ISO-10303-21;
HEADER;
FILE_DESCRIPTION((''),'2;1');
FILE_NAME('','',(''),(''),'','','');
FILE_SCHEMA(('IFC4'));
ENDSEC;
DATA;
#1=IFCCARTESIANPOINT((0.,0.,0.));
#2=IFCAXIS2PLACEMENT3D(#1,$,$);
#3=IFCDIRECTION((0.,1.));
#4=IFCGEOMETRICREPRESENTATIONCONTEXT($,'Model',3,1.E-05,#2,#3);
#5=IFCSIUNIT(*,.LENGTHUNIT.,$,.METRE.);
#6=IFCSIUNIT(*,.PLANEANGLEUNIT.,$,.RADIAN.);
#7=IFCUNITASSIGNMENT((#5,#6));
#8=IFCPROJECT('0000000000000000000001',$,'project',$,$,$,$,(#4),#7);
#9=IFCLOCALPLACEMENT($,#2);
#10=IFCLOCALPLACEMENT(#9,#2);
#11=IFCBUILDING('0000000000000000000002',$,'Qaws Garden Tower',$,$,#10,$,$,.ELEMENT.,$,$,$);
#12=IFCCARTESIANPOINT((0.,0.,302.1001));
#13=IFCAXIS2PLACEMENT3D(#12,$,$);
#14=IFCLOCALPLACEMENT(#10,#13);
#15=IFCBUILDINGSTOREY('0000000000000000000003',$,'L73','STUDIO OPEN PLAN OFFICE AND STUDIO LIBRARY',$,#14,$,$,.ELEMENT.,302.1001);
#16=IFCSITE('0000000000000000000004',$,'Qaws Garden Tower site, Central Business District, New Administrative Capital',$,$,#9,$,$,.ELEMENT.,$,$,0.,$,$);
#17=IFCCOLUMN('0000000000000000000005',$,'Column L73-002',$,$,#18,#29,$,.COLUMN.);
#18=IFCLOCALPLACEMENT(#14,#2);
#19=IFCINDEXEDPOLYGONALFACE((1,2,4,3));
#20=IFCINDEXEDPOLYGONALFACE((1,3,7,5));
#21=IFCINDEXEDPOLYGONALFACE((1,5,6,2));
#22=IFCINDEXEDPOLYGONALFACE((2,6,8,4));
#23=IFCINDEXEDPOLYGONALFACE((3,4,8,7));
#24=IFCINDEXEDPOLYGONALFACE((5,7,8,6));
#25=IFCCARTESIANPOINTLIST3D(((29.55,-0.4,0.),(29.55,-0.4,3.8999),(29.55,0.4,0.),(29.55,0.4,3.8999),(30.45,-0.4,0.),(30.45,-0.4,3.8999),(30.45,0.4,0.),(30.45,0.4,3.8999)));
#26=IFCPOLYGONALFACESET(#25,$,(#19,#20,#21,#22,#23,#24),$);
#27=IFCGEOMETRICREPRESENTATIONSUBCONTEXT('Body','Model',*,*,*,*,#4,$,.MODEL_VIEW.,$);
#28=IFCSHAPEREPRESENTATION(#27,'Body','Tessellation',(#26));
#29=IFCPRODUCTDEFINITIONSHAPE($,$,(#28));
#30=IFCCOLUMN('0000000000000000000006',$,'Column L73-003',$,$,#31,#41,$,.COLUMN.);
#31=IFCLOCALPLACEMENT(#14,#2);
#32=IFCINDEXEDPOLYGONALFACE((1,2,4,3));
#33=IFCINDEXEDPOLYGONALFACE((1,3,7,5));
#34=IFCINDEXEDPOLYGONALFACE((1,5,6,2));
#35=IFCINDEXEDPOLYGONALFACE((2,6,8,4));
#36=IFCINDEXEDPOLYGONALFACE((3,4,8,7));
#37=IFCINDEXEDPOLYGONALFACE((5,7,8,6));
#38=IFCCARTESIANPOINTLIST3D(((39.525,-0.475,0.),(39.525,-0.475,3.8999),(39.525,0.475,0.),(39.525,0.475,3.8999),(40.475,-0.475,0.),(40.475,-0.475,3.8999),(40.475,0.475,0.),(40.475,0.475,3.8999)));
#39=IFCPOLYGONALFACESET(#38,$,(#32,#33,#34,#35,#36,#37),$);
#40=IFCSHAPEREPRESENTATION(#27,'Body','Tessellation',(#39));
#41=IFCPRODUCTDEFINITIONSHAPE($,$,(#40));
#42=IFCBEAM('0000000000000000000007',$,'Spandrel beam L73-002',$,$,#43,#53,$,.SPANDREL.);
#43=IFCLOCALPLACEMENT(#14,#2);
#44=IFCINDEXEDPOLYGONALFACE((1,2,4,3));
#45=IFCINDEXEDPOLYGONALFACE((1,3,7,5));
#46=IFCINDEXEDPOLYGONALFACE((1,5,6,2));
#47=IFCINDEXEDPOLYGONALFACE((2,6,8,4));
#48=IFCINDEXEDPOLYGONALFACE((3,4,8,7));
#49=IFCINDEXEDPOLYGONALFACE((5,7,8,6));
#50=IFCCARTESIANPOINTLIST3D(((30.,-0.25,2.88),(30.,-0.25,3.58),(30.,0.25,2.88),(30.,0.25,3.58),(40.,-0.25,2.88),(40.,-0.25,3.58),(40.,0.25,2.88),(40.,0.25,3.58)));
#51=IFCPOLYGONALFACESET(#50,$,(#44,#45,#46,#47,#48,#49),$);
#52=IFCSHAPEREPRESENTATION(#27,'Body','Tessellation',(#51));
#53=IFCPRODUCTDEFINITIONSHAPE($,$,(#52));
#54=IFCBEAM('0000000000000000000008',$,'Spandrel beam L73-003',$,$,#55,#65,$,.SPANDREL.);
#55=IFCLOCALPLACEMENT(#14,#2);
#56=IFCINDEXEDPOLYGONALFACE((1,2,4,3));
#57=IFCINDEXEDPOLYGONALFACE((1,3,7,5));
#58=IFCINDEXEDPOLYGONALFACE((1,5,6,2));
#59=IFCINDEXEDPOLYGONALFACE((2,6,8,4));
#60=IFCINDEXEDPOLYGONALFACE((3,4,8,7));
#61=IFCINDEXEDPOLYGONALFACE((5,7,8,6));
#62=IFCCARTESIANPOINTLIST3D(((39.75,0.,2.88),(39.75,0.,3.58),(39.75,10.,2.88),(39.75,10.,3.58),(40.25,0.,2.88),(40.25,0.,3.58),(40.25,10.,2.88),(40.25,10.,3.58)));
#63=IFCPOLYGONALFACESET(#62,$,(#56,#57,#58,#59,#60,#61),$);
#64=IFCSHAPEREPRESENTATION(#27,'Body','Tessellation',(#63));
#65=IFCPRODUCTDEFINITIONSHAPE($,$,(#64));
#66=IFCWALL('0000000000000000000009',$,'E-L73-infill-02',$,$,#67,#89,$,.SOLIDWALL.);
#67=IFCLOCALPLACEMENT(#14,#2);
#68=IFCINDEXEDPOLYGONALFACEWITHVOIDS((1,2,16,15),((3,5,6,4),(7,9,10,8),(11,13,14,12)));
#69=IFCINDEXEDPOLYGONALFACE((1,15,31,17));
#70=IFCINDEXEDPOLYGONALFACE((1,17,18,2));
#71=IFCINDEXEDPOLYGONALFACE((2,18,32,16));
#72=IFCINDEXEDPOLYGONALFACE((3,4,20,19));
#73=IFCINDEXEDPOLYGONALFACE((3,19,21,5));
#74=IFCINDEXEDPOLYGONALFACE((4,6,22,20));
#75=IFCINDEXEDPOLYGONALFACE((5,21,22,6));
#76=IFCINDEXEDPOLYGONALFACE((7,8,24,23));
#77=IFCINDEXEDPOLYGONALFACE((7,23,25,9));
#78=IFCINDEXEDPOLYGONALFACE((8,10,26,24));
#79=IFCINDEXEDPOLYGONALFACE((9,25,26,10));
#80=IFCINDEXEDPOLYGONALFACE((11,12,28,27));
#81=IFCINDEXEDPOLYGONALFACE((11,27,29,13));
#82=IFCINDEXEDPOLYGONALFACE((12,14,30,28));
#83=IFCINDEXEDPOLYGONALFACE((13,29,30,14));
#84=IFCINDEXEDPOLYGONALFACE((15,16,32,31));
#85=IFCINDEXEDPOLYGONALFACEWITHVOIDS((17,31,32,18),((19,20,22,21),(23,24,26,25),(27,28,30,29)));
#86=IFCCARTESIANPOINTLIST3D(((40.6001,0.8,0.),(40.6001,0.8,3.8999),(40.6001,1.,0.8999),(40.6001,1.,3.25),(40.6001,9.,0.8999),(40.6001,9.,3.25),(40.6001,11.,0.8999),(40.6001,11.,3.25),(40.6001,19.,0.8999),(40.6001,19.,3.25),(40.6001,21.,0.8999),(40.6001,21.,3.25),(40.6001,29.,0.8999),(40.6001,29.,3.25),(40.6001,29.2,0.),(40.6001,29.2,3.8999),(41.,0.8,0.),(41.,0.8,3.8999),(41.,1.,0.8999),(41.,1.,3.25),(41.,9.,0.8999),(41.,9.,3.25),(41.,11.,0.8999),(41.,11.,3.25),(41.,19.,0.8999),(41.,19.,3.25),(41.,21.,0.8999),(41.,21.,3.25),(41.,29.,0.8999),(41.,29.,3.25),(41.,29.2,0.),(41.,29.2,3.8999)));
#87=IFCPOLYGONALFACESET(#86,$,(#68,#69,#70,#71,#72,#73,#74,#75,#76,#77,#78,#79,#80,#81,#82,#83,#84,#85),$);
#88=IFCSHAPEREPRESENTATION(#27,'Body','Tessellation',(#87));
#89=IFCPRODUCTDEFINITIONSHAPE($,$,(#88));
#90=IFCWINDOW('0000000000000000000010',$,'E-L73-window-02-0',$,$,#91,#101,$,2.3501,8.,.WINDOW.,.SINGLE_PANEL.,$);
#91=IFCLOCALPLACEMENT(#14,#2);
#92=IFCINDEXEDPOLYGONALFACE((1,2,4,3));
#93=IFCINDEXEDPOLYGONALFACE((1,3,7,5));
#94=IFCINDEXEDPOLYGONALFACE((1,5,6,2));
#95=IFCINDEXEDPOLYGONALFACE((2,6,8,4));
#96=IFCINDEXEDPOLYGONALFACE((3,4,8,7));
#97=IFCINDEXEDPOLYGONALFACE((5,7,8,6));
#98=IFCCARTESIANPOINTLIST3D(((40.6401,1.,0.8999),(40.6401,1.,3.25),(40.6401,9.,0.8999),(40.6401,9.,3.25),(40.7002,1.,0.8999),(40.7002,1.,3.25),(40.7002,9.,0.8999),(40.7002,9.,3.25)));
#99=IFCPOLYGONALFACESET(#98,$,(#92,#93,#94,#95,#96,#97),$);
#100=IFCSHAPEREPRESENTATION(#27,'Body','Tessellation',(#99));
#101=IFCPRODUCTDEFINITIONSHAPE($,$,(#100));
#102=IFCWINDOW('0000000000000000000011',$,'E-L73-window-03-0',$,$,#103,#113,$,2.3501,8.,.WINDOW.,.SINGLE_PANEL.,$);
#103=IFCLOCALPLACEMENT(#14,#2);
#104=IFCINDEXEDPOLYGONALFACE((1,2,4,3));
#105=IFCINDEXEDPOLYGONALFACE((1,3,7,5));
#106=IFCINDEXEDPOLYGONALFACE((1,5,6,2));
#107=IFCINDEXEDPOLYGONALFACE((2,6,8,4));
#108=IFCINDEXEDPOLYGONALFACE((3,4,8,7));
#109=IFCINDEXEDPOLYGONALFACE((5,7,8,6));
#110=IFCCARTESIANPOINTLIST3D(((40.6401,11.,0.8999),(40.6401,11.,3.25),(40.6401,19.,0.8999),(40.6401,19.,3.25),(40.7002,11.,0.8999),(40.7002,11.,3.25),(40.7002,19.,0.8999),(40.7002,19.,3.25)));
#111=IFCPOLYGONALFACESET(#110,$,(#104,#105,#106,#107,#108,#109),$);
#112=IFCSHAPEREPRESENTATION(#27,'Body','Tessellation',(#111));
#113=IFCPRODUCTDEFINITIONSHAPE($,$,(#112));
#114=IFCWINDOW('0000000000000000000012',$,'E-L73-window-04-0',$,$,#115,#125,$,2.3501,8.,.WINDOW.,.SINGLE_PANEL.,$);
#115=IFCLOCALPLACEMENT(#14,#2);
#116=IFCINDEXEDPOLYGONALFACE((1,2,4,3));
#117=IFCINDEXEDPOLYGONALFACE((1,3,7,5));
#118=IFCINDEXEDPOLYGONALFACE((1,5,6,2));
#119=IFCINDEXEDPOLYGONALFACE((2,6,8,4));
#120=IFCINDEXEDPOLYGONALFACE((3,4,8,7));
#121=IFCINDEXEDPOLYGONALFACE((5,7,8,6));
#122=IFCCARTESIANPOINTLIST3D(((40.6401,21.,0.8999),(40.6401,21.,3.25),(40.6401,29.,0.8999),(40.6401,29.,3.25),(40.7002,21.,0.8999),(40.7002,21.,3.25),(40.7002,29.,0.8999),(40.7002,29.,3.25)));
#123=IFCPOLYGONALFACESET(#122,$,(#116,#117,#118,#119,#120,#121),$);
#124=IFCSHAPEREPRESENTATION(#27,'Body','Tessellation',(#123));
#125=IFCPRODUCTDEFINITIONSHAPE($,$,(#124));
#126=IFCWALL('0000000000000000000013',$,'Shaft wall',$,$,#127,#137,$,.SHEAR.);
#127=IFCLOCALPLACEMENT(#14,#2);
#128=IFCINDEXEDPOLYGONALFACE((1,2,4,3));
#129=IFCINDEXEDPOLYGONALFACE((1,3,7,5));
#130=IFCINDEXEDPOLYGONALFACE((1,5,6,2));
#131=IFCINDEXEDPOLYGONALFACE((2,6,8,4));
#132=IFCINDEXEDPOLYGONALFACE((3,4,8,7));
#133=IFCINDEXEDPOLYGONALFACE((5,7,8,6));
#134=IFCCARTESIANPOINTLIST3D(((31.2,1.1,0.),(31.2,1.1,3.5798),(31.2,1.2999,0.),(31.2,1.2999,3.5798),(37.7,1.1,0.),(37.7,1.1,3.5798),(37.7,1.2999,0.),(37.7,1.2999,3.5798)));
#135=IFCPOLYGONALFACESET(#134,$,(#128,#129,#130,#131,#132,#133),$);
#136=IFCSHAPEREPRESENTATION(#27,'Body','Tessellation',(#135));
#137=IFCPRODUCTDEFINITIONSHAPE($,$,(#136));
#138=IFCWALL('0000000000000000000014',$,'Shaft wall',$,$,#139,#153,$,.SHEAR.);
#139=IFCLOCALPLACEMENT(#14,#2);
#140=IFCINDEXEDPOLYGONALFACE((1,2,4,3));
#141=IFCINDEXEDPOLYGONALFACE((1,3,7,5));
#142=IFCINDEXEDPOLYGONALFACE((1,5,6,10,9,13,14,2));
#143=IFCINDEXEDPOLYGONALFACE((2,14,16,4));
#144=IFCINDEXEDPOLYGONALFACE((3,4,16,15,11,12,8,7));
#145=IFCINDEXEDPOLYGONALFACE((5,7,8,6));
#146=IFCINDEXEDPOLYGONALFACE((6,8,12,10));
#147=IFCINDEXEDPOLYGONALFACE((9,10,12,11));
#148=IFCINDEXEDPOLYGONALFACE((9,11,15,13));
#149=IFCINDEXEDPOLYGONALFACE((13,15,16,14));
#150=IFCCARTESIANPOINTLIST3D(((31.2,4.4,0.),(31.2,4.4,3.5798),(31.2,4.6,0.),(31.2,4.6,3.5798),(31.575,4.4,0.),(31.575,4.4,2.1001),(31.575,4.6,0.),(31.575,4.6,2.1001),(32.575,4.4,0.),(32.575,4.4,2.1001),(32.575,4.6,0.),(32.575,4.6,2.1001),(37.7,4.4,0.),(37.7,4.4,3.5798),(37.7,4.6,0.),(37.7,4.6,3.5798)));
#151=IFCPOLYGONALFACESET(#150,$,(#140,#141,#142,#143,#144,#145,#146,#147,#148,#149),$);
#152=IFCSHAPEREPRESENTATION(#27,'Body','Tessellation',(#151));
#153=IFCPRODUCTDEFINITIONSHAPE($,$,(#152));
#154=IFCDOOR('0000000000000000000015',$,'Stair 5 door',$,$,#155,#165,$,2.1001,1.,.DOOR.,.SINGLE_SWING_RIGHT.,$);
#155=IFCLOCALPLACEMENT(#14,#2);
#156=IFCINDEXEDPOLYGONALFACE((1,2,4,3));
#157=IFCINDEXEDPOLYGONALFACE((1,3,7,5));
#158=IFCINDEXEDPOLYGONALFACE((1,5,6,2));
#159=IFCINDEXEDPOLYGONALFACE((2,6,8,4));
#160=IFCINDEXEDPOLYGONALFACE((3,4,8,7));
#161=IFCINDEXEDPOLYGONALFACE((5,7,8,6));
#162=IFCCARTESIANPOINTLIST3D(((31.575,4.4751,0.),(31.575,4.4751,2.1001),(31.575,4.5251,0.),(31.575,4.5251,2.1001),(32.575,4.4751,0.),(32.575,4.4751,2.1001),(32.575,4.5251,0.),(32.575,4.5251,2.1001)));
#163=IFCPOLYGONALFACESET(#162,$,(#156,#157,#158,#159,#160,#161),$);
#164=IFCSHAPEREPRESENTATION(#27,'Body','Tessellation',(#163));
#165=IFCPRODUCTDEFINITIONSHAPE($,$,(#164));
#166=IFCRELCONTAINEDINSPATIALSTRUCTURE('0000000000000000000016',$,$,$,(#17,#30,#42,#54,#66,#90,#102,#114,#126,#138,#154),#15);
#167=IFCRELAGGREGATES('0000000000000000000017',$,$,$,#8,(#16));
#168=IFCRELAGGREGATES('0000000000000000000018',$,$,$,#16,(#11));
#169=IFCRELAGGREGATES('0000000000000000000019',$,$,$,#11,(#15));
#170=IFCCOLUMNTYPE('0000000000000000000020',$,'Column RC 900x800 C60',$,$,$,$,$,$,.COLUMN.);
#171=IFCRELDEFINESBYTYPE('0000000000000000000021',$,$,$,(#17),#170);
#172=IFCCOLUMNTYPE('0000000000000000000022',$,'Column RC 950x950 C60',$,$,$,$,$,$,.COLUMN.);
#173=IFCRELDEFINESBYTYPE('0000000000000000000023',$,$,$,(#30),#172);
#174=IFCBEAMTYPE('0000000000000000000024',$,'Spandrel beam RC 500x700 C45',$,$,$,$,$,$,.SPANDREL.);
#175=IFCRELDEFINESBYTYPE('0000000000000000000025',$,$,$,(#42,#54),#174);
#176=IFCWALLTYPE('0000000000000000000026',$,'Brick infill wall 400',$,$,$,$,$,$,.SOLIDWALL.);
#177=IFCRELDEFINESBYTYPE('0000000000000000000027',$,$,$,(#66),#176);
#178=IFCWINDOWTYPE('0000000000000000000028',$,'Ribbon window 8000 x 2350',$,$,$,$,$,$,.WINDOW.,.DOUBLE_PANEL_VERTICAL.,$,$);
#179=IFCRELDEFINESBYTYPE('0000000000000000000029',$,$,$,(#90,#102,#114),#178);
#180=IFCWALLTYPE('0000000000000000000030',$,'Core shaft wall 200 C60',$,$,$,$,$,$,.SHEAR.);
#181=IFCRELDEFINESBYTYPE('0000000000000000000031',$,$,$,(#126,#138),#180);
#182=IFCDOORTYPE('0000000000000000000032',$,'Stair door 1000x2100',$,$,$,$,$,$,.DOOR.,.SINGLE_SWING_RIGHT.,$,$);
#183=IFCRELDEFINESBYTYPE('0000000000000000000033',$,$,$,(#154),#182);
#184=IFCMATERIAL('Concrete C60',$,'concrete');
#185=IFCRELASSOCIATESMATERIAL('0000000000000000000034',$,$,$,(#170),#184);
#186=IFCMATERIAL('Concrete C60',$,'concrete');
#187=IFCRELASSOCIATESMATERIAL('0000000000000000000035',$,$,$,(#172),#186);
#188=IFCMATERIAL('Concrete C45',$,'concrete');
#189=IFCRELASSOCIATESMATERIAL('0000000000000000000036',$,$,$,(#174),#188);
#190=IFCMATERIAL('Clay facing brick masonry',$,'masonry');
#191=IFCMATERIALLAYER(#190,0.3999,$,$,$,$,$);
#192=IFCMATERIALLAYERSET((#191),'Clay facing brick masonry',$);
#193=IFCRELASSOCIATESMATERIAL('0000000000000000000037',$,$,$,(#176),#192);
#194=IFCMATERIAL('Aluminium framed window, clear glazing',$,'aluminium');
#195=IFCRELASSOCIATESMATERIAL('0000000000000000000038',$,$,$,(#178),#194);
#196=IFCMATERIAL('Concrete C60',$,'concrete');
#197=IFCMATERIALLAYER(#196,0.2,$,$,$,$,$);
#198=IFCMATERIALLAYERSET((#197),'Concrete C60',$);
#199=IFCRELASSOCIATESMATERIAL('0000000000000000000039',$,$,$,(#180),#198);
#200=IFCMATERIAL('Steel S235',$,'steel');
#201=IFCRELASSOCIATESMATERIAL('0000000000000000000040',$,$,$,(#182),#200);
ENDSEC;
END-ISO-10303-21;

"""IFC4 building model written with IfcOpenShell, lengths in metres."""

from ifc_helpers import new_model, si_unit, direction, frame, frame_2d, origin, origin_2d, place, context, subcontext, project, spatial, rectangle, extrude, material, layer, layer_set, material_profile, profile_set, type_object, element, fill, save


model = new_model("IFC4")

# Units and contexts
model_context = context("Model", 3, precision=1e-05, world=origin(), true_north=direction((0.0, 1.0)))
body_context = subcontext(model_context, "Body", "Model", "MODEL_VIEW")
ifc_project = project(units=[si_unit("LENGTHUNIT", "METRE"), si_unit("PLANEANGLEUNIT", "RADIAN")], contexts=[model_context])

# Site, building, storey
site_placement = place(None, origin())
site = spatial("IfcSite", under=ifc_project, at=site_placement, Name="Qaws Garden Tower site, Central Business District, New Administrative Capital", CompositionType="ELEMENT", RefElevation=0.0)
building_placement = place(site_placement, origin())
building = spatial("IfcBuilding", under=site, at=building_placement, Name="Qaws Garden Tower", CompositionType="ELEMENT")
storey_placement = place(building_placement, frame((0.0, 0.0, 302.1001)))
storey = spatial("IfcBuildingStorey", under=building, at=storey_placement, Name="L73", Description="STUDIO OPEN PLAN OFFICE AND STUDIO LIBRARY", CompositionType="ELEMENT", Elevation=302.1001)

# Columns
ifc_material_1 = material(Name="Concrete C60", Category="concrete")
ifc_material_profile_1 = material_profile(ifc_material_1, rectangle(XDim=0.8999, YDim=0.8, at=origin_2d()), Name="RC 900x800")
ifc_profile_set_1 = profile_set([ifc_material_profile_1], Name="Concrete C60")
column_type_1 = type_object("IfcColumnType", Name="Column RC 900x800 C60", PredefinedType="COLUMN", material=ifc_profile_set_1)
column_1_placement = place(storey_placement, frame((30.0, 0.0, 0.0), z_axis=(0.0, 0.0, 1.0), x_axis=(1.0, 0.0, 0.0)))
element("IfcColumn", 1, at=column_1_placement, inside=storey, type_object=column_type_1, Name="Column L73-002", PredefinedType="COLUMN", context=body_context, shape_type="SweptSolid", body=[
    extrude(rectangle(XDim=0.8999, YDim=0.8, at=origin_2d()), origin(), (0.0, 0.0, 1.0), 3.8999),
])
ifc_material_2 = material(Name="Concrete C60", Category="concrete")
ifc_material_profile_2 = material_profile(ifc_material_2, rectangle(XDim=0.95, YDim=0.95, at=origin_2d()), Name="RC 950x950")
ifc_profile_set_2 = profile_set([ifc_material_profile_2], Name="Concrete C60")
column_type_2 = type_object("IfcColumnType", Name="Column RC 950x950 C60", PredefinedType="COLUMN", material=ifc_profile_set_2)
column_2_placement = place(storey_placement, frame((40.0, 0.0, 0.0), z_axis=(0.0, 0.0, 1.0), x_axis=(1.0, 0.0, 0.0)))
element("IfcColumn", 2, at=column_2_placement, inside=storey, type_object=column_type_2, Name="Column L73-003", PredefinedType="COLUMN", context=body_context, shape_type="SweptSolid", body=[
    extrude(rectangle(XDim=0.95, YDim=0.95, at=origin_2d()), origin(), (0.0, 0.0, 1.0), 3.8999),
])

# Beams
ifc_material_3 = material(Name="Concrete C45", Category="concrete")
ifc_material_profile_3 = material_profile(ifc_material_3, rectangle(XDim=0.5, YDim=0.7, at=origin_2d()), Name="RC 500x700")
ifc_profile_set_3 = profile_set([ifc_material_profile_3], Name="Concrete C45")
beam_type = type_object("IfcBeamType", Name="Spandrel beam RC 500x700 C45", PredefinedType="SPANDREL", material=ifc_profile_set_3)
for number, where, z_axis, x_axis, name in (
    (3, (30.0, 0.0, 3.23), (1.0, 0.0, 0.0), (0.0, 1.0, 0.0), "Spandrel beam L73-002"),
    (4, (40.0, 0.0, 3.23), (0.0, 1.0, 0.0), (-1.0, 0.0, 0.0), "Spandrel beam L73-003"),
):
    element("IfcBeam", number, at=place(storey_placement, frame(where, z_axis=z_axis, x_axis=x_axis)), inside=storey, type_object=beam_type, Name=name, PredefinedType="SPANDREL", context=body_context, shape_type="SweptSolid", body=[
        extrude(rectangle(XDim=0.5, YDim=0.7, at=origin_2d()), origin(), (0.0, 0.0, 1.0), 10.0),
    ])

# Wall, openings, windows
ifc_material_4 = material(Name="Clay facing brick masonry", Category="masonry")
ifc_layer_1 = layer(ifc_material_4, 0.3999)
ifc_layer_set_1 = layer_set([ifc_layer_1], Name="Clay facing brick masonry")
wall_type_1 = type_object("IfcWallType", Name="Brick infill wall 400", PredefinedType="SOLIDWALL", material=ifc_layer_set_1)
wall_1_placement = place(storey_placement, frame((40.8, 0.8, 0.0), z_axis=(0.0, 0.0, 1.0), x_axis=(0.0, 1.0, 0.0)))
wall_1 = element("IfcWall", 5, at=wall_1_placement, inside=storey, type_object=wall_type_1, Name="E-L73-infill-02", PredefinedType="SOLIDWALL", context=body_context, shape_type="SweptSolid", body=[
    extrude(rectangle(XDim=28.3999, YDim=0.3999, at=frame_2d((14.2, 0.0))), origin(), (0.0, 0.0, 1.0), 3.8999),
])
opening_1_placement = place(wall_1_placement, frame((0.2, 0.0, 0.8999)))
opening_1 = element("IfcOpeningElement", 6, at=opening_1_placement, cuts=wall_1, PredefinedType="OPENING", context=body_context, shape_type="SweptSolid", body=[
    extrude(rectangle(XDim=8.0, YDim=2.3501, at=frame_2d((4.0, 1.175))), frame((0.0, 0.21, 0.0), z_axis=(0.0, -1.0, 0.0), x_axis=(1.0, 0.0, 0.0)), (0.0, 0.0, 1.0), 0.4199),
])
opening_2_placement = place(wall_1_placement, frame((10.2, 0.0, 0.8999)))
opening_2 = element("IfcOpeningElement", 7, at=opening_2_placement, cuts=wall_1, PredefinedType="OPENING", context=body_context, shape_type="SweptSolid", body=[
    extrude(rectangle(XDim=8.0, YDim=2.3501, at=frame_2d((4.0, 1.175))), frame((0.0, 0.21, 0.0), z_axis=(0.0, -1.0, 0.0), x_axis=(1.0, 0.0, 0.0)), (0.0, 0.0, 1.0), 0.4199),
])
opening_3_placement = place(wall_1_placement, frame((20.2, 0.0, 0.8999)))
opening_3 = element("IfcOpeningElement", 8, at=opening_3_placement, cuts=wall_1, PredefinedType="OPENING", context=body_context, shape_type="SweptSolid", body=[
    extrude(rectangle(XDim=8.0, YDim=2.3501, at=frame_2d((4.0, 1.175))), frame((0.0, 0.21, 0.0), z_axis=(0.0, -1.0, 0.0), x_axis=(1.0, 0.0, 0.0)), (0.0, 0.0, 1.0), 0.4199),
])
ifc_material_5 = material(Name="Aluminium framed window, clear glazing", Category="aluminium")
window_type = type_object("IfcWindowType", Name="Ribbon window 8000 x 2350", PartitioningType="DOUBLE_PANEL_VERTICAL", PredefinedType="WINDOW", material=ifc_material_5)
window_1_placement = place(opening_1_placement, origin())
window_1 = element("IfcWindow", 9, at=window_1_placement, inside=storey, type_object=window_type, Name="E-L73-window-02-0", OverallHeight=2.3501, OverallWidth=8.0, PartitioningType="SINGLE_PANEL", PredefinedType="WINDOW", context=body_context, shape_type="SweptSolid", body=[
    extrude(rectangle(XDim=8.0, YDim=2.3501, at=frame_2d((4.0, 1.175))), frame((0.0, 0.1599, 0.0), z_axis=(0.0, -1.0, 0.0), x_axis=(1.0, 0.0, 0.0)), (0.0, 0.0, 1.0), 0.0601),
])
fill(opening_1, window_1)
window_2_placement = place(opening_2_placement, origin())
window_2 = element("IfcWindow", 10, at=window_2_placement, inside=storey, type_object=window_type, Name="E-L73-window-03-0", OverallHeight=2.3501, OverallWidth=8.0, PartitioningType="SINGLE_PANEL", PredefinedType="WINDOW", context=body_context, shape_type="SweptSolid", body=[
    extrude(rectangle(XDim=8.0, YDim=2.3501, at=frame_2d((4.0, 1.175))), frame((0.0, 0.1599, 0.0), z_axis=(0.0, -1.0, 0.0), x_axis=(1.0, 0.0, 0.0)), (0.0, 0.0, 1.0), 0.0601),
])
fill(opening_2, window_2)
window_3_placement = place(opening_3_placement, origin())
window_3 = element("IfcWindow", 11, at=window_3_placement, inside=storey, type_object=window_type, Name="E-L73-window-04-0", OverallHeight=2.3501, OverallWidth=8.0, PartitioningType="SINGLE_PANEL", PredefinedType="WINDOW", context=body_context, shape_type="SweptSolid", body=[
    extrude(rectangle(XDim=8.0, YDim=2.3501, at=frame_2d((4.0, 1.175))), frame((0.0, 0.1599, 0.0), z_axis=(0.0, -1.0, 0.0), x_axis=(1.0, 0.0, 0.0)), (0.0, 0.0, 1.0), 0.0601),
])
fill(opening_3, window_3)

# Wall
ifc_material_6 = material(Name="Concrete C60", Category="concrete")
ifc_layer_2 = layer(ifc_material_6, 0.2)
ifc_layer_set_2 = layer_set([ifc_layer_2], Name="Concrete C60")
wall_type_2 = type_object("IfcWallType", Name="Core shaft wall 200 C60", PredefinedType="SHEAR", material=ifc_layer_set_2)
wall_2_placement = place(storey_placement, frame((31.2, 1.2, 0.0), z_axis=(0.0, 0.0, 1.0), x_axis=(1.0, 0.0, 0.0)))
element("IfcWall", 12, at=wall_2_placement, inside=storey, type_object=wall_type_2, Name="Shaft wall", PredefinedType="SHEAR", context=body_context, shape_type="SweptSolid", body=[
    extrude(rectangle(XDim=6.5, YDim=0.2, at=frame_2d((3.25, 0.0))), origin(), (0.0, 0.0, 1.0), 3.5798),
])

# Wall, opening, door
wall_3_placement = place(storey_placement, frame((31.2, 4.5, 0.0), z_axis=(0.0, 0.0, 1.0), x_axis=(1.0, 0.0, 0.0)))
wall_3 = element("IfcWall", 13, at=wall_3_placement, inside=storey, type_object=wall_type_2, Name="Shaft wall", PredefinedType="SHEAR", context=body_context, shape_type="SweptSolid", body=[
    extrude(rectangle(XDim=6.5, YDim=0.2, at=frame_2d((3.25, 0.0))), origin(), (0.0, 0.0, 1.0), 3.5798),
])
opening_4_placement = place(wall_3_placement, frame((0.375, 0.0, 0.0)))
opening_4 = element("IfcOpeningElement", 14, at=opening_4_placement, cuts=wall_3, PredefinedType="OPENING", context=body_context, shape_type="SweptSolid", body=[
    extrude(rectangle(XDim=1.0, YDim=2.1001, at=frame_2d((0.5, 1.05))), frame((0.0, 0.1099, 0.0), z_axis=(0.0, -1.0, 0.0), x_axis=(1.0, 0.0, 0.0)), (0.0, 0.0, 1.0), 0.22),
])
ifc_material_7 = material(Name="Steel S235", Category="steel")
door_type = type_object("IfcDoorType", Name="Stair door 1000x2100", OperationType="SINGLE_SWING_RIGHT", PredefinedType="DOOR", material=ifc_material_7)
door_placement = place(opening_4_placement, frame((1.0, 0.0, 0.0), z_axis=(0.0, 0.0, 1.0), x_axis=(-1.0, 0.0, 0.0)))
door = element("IfcDoor", 15, at=door_placement, inside=storey, type_object=door_type, Name="Stair 5 door", OperationType="SINGLE_SWING_RIGHT", OverallHeight=2.1001, OverallWidth=1.0, PredefinedType="DOOR", context=body_context, shape_type="SweptSolid", body=[
    extrude(rectangle(XDim=1.0, YDim=2.1001, at=frame_2d((0.5, 1.05))), frame((0.0, 0.0249, 0.0), z_axis=(0.0, -1.0, 0.0), x_axis=(1.0, 0.0, 0.0)), (0.0, 0.0, 1.0), 0.05),
])
fill(opening_4, door)

save(model, "model.ifc")
